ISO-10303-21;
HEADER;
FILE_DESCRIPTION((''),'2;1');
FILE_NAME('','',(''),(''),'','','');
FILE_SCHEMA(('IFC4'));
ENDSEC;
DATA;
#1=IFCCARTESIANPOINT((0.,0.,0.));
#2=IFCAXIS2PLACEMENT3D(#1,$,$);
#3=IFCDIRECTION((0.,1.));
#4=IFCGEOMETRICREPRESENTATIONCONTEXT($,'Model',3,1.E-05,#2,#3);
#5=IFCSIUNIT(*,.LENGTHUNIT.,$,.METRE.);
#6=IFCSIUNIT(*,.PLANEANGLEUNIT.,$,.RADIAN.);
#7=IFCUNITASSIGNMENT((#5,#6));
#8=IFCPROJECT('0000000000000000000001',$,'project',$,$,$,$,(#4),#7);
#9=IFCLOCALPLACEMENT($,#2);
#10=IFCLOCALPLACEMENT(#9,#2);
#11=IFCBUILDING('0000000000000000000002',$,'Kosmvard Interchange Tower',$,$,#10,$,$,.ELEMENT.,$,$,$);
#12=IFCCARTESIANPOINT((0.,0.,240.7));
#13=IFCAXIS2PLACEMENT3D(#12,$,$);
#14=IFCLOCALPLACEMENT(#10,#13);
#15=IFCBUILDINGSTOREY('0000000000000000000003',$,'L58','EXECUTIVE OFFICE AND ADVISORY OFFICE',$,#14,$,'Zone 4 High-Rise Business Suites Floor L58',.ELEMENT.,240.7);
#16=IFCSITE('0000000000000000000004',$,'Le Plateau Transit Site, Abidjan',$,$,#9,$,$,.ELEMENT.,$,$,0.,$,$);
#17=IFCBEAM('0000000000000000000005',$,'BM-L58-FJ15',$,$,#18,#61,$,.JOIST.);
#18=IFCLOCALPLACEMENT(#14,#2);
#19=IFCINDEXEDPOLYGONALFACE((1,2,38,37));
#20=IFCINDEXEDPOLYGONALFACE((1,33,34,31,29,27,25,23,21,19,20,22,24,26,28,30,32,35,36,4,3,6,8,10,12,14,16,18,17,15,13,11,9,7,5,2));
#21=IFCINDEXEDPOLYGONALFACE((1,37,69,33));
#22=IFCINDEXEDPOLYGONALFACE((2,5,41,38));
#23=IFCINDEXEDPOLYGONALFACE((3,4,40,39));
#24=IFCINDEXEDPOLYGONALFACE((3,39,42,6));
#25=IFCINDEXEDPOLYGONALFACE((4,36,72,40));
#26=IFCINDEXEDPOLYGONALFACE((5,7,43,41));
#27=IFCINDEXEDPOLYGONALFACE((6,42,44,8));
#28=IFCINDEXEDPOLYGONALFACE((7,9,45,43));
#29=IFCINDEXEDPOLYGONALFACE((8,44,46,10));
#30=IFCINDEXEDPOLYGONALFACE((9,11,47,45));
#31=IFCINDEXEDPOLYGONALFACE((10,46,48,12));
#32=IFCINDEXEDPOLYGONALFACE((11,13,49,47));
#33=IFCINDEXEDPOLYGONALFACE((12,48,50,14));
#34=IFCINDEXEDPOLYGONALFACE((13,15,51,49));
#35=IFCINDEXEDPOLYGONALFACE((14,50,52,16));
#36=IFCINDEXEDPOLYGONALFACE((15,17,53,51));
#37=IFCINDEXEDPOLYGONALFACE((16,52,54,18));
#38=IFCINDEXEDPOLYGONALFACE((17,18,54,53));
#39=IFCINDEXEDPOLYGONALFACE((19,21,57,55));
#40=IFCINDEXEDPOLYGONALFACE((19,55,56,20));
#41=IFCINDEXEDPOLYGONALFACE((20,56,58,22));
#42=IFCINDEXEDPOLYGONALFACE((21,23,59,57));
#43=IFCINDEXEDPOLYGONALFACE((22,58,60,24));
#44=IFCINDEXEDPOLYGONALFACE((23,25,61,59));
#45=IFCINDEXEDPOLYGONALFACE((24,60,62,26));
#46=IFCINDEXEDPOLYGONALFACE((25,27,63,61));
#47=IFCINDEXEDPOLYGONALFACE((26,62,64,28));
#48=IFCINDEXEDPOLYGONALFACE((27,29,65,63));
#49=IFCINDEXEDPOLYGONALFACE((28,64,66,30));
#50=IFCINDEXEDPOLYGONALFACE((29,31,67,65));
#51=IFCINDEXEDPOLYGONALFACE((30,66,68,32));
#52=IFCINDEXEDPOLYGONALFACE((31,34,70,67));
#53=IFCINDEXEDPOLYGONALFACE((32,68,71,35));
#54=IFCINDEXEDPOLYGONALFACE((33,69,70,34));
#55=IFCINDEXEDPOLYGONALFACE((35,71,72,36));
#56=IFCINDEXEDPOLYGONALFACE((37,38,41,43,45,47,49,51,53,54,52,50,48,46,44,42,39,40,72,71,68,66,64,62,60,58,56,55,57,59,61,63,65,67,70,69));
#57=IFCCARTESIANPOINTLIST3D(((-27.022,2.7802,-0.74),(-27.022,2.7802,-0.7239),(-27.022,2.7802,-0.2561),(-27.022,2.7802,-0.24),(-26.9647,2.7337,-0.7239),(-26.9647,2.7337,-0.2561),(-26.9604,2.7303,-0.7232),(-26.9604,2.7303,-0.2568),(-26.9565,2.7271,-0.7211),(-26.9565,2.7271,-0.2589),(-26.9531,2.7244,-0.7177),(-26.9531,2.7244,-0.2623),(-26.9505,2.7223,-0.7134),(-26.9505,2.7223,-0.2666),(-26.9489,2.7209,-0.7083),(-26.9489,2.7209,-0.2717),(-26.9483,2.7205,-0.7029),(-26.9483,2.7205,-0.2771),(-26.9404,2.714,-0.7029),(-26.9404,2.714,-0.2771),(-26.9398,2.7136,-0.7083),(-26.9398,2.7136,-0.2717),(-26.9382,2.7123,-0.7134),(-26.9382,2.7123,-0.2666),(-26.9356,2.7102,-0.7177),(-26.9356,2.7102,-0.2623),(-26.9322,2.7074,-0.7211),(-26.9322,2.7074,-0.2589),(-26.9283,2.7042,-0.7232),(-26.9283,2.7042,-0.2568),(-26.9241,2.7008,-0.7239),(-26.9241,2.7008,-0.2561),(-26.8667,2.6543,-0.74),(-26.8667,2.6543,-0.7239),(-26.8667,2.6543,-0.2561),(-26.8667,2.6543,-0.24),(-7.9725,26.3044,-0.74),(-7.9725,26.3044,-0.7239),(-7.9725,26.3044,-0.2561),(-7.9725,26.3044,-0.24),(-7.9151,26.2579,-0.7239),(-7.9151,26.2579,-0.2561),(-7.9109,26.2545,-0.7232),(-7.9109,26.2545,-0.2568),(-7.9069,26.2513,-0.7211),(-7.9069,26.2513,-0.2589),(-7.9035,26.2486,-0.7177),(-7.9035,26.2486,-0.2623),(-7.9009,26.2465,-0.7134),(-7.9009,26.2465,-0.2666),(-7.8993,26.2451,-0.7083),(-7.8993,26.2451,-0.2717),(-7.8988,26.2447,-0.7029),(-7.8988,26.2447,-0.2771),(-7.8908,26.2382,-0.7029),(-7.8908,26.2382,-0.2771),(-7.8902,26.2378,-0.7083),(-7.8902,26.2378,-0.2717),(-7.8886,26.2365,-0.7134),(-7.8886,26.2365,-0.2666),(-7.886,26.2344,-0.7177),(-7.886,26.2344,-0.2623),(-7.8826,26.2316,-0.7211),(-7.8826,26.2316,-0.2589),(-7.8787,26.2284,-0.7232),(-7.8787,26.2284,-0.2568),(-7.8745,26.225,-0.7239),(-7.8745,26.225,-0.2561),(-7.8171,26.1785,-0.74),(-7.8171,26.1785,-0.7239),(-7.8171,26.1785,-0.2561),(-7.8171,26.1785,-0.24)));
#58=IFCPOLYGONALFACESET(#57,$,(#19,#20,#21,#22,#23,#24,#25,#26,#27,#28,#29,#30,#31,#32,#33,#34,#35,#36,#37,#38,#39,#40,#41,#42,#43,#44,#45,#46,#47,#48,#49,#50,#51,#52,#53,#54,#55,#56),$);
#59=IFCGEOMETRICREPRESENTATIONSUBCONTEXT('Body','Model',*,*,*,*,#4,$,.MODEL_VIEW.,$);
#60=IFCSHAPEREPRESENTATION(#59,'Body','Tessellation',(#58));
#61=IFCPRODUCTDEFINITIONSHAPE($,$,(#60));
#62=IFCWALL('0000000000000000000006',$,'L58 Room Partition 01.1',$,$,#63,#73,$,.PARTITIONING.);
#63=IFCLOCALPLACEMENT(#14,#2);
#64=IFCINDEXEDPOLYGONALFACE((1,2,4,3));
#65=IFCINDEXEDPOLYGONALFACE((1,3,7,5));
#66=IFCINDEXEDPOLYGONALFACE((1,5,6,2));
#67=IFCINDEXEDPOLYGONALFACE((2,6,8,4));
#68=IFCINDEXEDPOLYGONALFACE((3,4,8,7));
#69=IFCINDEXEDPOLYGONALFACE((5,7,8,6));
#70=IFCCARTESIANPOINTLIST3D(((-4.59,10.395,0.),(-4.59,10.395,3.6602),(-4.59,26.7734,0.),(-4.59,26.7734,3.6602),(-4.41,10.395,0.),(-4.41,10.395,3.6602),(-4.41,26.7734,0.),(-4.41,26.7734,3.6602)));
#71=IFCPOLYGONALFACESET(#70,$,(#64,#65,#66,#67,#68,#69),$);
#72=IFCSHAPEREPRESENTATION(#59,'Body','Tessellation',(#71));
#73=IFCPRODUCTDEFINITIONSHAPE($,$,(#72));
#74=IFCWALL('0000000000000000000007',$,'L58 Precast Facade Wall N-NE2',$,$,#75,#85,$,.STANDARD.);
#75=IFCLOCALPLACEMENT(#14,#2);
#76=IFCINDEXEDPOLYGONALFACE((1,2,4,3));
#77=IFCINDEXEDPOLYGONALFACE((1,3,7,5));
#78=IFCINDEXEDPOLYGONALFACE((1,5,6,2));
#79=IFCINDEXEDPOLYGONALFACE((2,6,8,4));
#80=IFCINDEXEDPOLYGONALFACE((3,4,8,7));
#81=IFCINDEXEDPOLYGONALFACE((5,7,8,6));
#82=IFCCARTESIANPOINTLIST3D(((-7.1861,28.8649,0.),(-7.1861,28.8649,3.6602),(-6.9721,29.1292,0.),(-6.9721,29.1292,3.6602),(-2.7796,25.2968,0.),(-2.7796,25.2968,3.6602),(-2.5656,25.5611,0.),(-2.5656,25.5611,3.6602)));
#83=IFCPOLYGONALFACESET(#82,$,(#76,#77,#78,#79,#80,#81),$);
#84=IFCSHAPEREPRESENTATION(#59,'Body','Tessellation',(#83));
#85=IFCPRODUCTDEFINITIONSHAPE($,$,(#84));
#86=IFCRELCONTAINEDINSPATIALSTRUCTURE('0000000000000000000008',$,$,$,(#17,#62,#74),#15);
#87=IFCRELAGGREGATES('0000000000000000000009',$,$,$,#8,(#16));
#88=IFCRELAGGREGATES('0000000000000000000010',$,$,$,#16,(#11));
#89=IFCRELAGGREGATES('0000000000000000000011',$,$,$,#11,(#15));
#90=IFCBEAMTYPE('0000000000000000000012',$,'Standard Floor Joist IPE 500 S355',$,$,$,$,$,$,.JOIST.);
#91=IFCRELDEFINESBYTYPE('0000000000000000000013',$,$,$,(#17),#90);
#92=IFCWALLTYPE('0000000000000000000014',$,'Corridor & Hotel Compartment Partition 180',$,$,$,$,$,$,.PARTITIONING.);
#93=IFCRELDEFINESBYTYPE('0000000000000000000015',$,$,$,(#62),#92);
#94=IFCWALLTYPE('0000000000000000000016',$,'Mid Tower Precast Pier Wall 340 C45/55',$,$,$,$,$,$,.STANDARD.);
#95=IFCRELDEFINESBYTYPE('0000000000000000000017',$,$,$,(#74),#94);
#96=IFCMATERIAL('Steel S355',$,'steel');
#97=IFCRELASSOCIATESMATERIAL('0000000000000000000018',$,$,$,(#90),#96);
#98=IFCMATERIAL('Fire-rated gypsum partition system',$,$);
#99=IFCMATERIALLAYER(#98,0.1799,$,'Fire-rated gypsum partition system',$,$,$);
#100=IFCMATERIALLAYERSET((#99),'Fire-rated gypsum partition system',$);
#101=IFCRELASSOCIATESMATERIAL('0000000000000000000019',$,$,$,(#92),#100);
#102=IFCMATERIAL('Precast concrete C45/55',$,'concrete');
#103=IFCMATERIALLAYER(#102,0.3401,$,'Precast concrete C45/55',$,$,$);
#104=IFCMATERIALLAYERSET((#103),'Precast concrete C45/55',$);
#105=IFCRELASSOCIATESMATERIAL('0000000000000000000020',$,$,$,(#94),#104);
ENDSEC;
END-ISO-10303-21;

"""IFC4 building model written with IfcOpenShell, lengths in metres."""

from ifc_helpers import new_model, si_unit, direction, frame, frame_2d, origin, origin_2d, place, context, subcontext, project, spatial, rectangle, i_section, extrude, source, transform, mapped, material, layer, layer_set, material_profile, profile_set, type_object, element, save


model = new_model("IFC4")

# Units and contexts
model_context = context("Model", 3, precision=1e-05, world=origin(), true_north=direction((0.0, 1.0)))
body_context = subcontext(model_context, "Body", "Model", "MODEL_VIEW")
ifc_project = project(units=[si_unit("LENGTHUNIT", "METRE"), si_unit("PLANEANGLEUNIT", "RADIAN")], contexts=[model_context])

# Site, building, storey
site_placement = place(None, origin())
site = spatial("IfcSite", under=ifc_project, at=site_placement, Name="Le Plateau Transit Site, Abidjan", CompositionType="ELEMENT", RefElevation=0.0)
building_placement = place(site_placement, origin())
building = spatial("IfcBuilding", under=site, at=building_placement, Name="Kosmvard Interchange Tower", CompositionType="ELEMENT")
storey_placement = place(building_placement, frame((0.0, 0.0, 240.7)))
storey = spatial("IfcBuildingStorey", under=building, at=storey_placement, Name="L58", Description="EXECUTIVE OFFICE AND ADVISORY OFFICE", LongName="Zone 4 High-Rise Business Suites Floor L58", CompositionType="ELEMENT", Elevation=240.7)

# Beam
ifc_material_1 = material(Name="Steel S355", Category="steel")
ifc_material_profile_1 = material_profile(ifc_material_1, i_section(OverallWidth=0.2, OverallDepth=0.5, WebThickness=0.0103, FlangeThickness=0.0161, FilletRadius=0.021, at=origin_2d()), Name="IPE 500")
ifc_profile_set_1 = profile_set([ifc_material_profile_1], Name="Steel S355")
beam_type_1 = type_object("IfcBeamType", Name="Standard Floor Joist IPE 500 S355", PredefinedType="JOIST", material=ifc_profile_set_1)
shared_shape_1 = source(origin(), body_context, "Body", "SweptSolid", [
    extrude(i_section(OverallWidth=0.2, OverallDepth=0.5, WebThickness=0.0103, FlangeThickness=0.0161, FilletRadius=0.021, at=origin_2d()), origin(), (0.0, 0.0, 1.0), 30.27),
])
beam_1_placement = place(storey_placement, frame((-7.8948, 26.2415, -0.49), z_axis=(-0.629322, -0.777145, 0.0), x_axis=(0.777145, -0.629322, 0.0)))
element("IfcBeam", 1, at=beam_1_placement, inside=storey, type_object=beam_type_1, Name="BM-L58-FJ15", PredefinedType="JOIST", context=body_context, shape_type="MappedRepresentation", body=[
    mapped(shared_shape_1, transform((0.0, 0.0, 0.0), scale=1.0)),
])

# Walls
ifc_material_2 = material(Name="Fire-rated gypsum partition system")
ifc_layer_1 = layer(ifc_material_2, 0.1799, Name="Fire-rated gypsum partition system")
ifc_layer_set_1 = layer_set([ifc_layer_1], Name="Fire-rated gypsum partition system")
wall_type_1 = type_object("IfcWallType", Name="Corridor & Hotel Compartment Partition 180", PredefinedType="PARTITIONING", material=ifc_layer_set_1)
wall_1_placement = place(storey_placement, frame((-4.5, 10.395, 0.0), z_axis=(0.0, 0.0, 1.0), x_axis=(0.0, 1.0, 0.0)))
element("IfcWall", 2, at=wall_1_placement, inside=storey, type_object=wall_type_1, Name="L58 Room Partition 01.1", PredefinedType="PARTITIONING", context=body_context, shape_type="SweptSolid", body=[
    extrude(rectangle(XDim=16.3784, YDim=0.1799, at=frame_2d((8.1892, 0.0))), origin(), (0.0, 0.0, 1.0), 3.6602),
])
ifc_material_3 = material(Name="Precast concrete C45/55", Category="concrete")
ifc_layer_2 = layer(ifc_material_3, 0.3401, Name="Precast concrete C45/55")
ifc_layer_set_2 = layer_set([ifc_layer_2], Name="Precast concrete C45/55")
wall_type_2 = type_object("IfcWallType", Name="Mid Tower Precast Pier Wall 340 C45/55", PredefinedType="STANDARD", material=ifc_layer_set_2)
wall_2_placement = place(storey_placement, frame((-2.6726, 25.429, 0.0), z_axis=(0.0, 0.0, 1.0), x_axis=(-0.777163, 0.6293, 0.0)))
element("IfcWall", 3, at=wall_2_placement, inside=storey, type_object=wall_type_2, Name="L58 Precast Facade Wall N-NE2", PredefinedType="STANDARD", context=body_context, shape_type="SweptSolid", body=[
    extrude(rectangle(XDim=5.6699, YDim=0.3401, at=frame_2d((2.835, 0.0))), origin(), (0.0, 0.0, 1.0), 3.6602),
])

save(model, "model.ifc")
